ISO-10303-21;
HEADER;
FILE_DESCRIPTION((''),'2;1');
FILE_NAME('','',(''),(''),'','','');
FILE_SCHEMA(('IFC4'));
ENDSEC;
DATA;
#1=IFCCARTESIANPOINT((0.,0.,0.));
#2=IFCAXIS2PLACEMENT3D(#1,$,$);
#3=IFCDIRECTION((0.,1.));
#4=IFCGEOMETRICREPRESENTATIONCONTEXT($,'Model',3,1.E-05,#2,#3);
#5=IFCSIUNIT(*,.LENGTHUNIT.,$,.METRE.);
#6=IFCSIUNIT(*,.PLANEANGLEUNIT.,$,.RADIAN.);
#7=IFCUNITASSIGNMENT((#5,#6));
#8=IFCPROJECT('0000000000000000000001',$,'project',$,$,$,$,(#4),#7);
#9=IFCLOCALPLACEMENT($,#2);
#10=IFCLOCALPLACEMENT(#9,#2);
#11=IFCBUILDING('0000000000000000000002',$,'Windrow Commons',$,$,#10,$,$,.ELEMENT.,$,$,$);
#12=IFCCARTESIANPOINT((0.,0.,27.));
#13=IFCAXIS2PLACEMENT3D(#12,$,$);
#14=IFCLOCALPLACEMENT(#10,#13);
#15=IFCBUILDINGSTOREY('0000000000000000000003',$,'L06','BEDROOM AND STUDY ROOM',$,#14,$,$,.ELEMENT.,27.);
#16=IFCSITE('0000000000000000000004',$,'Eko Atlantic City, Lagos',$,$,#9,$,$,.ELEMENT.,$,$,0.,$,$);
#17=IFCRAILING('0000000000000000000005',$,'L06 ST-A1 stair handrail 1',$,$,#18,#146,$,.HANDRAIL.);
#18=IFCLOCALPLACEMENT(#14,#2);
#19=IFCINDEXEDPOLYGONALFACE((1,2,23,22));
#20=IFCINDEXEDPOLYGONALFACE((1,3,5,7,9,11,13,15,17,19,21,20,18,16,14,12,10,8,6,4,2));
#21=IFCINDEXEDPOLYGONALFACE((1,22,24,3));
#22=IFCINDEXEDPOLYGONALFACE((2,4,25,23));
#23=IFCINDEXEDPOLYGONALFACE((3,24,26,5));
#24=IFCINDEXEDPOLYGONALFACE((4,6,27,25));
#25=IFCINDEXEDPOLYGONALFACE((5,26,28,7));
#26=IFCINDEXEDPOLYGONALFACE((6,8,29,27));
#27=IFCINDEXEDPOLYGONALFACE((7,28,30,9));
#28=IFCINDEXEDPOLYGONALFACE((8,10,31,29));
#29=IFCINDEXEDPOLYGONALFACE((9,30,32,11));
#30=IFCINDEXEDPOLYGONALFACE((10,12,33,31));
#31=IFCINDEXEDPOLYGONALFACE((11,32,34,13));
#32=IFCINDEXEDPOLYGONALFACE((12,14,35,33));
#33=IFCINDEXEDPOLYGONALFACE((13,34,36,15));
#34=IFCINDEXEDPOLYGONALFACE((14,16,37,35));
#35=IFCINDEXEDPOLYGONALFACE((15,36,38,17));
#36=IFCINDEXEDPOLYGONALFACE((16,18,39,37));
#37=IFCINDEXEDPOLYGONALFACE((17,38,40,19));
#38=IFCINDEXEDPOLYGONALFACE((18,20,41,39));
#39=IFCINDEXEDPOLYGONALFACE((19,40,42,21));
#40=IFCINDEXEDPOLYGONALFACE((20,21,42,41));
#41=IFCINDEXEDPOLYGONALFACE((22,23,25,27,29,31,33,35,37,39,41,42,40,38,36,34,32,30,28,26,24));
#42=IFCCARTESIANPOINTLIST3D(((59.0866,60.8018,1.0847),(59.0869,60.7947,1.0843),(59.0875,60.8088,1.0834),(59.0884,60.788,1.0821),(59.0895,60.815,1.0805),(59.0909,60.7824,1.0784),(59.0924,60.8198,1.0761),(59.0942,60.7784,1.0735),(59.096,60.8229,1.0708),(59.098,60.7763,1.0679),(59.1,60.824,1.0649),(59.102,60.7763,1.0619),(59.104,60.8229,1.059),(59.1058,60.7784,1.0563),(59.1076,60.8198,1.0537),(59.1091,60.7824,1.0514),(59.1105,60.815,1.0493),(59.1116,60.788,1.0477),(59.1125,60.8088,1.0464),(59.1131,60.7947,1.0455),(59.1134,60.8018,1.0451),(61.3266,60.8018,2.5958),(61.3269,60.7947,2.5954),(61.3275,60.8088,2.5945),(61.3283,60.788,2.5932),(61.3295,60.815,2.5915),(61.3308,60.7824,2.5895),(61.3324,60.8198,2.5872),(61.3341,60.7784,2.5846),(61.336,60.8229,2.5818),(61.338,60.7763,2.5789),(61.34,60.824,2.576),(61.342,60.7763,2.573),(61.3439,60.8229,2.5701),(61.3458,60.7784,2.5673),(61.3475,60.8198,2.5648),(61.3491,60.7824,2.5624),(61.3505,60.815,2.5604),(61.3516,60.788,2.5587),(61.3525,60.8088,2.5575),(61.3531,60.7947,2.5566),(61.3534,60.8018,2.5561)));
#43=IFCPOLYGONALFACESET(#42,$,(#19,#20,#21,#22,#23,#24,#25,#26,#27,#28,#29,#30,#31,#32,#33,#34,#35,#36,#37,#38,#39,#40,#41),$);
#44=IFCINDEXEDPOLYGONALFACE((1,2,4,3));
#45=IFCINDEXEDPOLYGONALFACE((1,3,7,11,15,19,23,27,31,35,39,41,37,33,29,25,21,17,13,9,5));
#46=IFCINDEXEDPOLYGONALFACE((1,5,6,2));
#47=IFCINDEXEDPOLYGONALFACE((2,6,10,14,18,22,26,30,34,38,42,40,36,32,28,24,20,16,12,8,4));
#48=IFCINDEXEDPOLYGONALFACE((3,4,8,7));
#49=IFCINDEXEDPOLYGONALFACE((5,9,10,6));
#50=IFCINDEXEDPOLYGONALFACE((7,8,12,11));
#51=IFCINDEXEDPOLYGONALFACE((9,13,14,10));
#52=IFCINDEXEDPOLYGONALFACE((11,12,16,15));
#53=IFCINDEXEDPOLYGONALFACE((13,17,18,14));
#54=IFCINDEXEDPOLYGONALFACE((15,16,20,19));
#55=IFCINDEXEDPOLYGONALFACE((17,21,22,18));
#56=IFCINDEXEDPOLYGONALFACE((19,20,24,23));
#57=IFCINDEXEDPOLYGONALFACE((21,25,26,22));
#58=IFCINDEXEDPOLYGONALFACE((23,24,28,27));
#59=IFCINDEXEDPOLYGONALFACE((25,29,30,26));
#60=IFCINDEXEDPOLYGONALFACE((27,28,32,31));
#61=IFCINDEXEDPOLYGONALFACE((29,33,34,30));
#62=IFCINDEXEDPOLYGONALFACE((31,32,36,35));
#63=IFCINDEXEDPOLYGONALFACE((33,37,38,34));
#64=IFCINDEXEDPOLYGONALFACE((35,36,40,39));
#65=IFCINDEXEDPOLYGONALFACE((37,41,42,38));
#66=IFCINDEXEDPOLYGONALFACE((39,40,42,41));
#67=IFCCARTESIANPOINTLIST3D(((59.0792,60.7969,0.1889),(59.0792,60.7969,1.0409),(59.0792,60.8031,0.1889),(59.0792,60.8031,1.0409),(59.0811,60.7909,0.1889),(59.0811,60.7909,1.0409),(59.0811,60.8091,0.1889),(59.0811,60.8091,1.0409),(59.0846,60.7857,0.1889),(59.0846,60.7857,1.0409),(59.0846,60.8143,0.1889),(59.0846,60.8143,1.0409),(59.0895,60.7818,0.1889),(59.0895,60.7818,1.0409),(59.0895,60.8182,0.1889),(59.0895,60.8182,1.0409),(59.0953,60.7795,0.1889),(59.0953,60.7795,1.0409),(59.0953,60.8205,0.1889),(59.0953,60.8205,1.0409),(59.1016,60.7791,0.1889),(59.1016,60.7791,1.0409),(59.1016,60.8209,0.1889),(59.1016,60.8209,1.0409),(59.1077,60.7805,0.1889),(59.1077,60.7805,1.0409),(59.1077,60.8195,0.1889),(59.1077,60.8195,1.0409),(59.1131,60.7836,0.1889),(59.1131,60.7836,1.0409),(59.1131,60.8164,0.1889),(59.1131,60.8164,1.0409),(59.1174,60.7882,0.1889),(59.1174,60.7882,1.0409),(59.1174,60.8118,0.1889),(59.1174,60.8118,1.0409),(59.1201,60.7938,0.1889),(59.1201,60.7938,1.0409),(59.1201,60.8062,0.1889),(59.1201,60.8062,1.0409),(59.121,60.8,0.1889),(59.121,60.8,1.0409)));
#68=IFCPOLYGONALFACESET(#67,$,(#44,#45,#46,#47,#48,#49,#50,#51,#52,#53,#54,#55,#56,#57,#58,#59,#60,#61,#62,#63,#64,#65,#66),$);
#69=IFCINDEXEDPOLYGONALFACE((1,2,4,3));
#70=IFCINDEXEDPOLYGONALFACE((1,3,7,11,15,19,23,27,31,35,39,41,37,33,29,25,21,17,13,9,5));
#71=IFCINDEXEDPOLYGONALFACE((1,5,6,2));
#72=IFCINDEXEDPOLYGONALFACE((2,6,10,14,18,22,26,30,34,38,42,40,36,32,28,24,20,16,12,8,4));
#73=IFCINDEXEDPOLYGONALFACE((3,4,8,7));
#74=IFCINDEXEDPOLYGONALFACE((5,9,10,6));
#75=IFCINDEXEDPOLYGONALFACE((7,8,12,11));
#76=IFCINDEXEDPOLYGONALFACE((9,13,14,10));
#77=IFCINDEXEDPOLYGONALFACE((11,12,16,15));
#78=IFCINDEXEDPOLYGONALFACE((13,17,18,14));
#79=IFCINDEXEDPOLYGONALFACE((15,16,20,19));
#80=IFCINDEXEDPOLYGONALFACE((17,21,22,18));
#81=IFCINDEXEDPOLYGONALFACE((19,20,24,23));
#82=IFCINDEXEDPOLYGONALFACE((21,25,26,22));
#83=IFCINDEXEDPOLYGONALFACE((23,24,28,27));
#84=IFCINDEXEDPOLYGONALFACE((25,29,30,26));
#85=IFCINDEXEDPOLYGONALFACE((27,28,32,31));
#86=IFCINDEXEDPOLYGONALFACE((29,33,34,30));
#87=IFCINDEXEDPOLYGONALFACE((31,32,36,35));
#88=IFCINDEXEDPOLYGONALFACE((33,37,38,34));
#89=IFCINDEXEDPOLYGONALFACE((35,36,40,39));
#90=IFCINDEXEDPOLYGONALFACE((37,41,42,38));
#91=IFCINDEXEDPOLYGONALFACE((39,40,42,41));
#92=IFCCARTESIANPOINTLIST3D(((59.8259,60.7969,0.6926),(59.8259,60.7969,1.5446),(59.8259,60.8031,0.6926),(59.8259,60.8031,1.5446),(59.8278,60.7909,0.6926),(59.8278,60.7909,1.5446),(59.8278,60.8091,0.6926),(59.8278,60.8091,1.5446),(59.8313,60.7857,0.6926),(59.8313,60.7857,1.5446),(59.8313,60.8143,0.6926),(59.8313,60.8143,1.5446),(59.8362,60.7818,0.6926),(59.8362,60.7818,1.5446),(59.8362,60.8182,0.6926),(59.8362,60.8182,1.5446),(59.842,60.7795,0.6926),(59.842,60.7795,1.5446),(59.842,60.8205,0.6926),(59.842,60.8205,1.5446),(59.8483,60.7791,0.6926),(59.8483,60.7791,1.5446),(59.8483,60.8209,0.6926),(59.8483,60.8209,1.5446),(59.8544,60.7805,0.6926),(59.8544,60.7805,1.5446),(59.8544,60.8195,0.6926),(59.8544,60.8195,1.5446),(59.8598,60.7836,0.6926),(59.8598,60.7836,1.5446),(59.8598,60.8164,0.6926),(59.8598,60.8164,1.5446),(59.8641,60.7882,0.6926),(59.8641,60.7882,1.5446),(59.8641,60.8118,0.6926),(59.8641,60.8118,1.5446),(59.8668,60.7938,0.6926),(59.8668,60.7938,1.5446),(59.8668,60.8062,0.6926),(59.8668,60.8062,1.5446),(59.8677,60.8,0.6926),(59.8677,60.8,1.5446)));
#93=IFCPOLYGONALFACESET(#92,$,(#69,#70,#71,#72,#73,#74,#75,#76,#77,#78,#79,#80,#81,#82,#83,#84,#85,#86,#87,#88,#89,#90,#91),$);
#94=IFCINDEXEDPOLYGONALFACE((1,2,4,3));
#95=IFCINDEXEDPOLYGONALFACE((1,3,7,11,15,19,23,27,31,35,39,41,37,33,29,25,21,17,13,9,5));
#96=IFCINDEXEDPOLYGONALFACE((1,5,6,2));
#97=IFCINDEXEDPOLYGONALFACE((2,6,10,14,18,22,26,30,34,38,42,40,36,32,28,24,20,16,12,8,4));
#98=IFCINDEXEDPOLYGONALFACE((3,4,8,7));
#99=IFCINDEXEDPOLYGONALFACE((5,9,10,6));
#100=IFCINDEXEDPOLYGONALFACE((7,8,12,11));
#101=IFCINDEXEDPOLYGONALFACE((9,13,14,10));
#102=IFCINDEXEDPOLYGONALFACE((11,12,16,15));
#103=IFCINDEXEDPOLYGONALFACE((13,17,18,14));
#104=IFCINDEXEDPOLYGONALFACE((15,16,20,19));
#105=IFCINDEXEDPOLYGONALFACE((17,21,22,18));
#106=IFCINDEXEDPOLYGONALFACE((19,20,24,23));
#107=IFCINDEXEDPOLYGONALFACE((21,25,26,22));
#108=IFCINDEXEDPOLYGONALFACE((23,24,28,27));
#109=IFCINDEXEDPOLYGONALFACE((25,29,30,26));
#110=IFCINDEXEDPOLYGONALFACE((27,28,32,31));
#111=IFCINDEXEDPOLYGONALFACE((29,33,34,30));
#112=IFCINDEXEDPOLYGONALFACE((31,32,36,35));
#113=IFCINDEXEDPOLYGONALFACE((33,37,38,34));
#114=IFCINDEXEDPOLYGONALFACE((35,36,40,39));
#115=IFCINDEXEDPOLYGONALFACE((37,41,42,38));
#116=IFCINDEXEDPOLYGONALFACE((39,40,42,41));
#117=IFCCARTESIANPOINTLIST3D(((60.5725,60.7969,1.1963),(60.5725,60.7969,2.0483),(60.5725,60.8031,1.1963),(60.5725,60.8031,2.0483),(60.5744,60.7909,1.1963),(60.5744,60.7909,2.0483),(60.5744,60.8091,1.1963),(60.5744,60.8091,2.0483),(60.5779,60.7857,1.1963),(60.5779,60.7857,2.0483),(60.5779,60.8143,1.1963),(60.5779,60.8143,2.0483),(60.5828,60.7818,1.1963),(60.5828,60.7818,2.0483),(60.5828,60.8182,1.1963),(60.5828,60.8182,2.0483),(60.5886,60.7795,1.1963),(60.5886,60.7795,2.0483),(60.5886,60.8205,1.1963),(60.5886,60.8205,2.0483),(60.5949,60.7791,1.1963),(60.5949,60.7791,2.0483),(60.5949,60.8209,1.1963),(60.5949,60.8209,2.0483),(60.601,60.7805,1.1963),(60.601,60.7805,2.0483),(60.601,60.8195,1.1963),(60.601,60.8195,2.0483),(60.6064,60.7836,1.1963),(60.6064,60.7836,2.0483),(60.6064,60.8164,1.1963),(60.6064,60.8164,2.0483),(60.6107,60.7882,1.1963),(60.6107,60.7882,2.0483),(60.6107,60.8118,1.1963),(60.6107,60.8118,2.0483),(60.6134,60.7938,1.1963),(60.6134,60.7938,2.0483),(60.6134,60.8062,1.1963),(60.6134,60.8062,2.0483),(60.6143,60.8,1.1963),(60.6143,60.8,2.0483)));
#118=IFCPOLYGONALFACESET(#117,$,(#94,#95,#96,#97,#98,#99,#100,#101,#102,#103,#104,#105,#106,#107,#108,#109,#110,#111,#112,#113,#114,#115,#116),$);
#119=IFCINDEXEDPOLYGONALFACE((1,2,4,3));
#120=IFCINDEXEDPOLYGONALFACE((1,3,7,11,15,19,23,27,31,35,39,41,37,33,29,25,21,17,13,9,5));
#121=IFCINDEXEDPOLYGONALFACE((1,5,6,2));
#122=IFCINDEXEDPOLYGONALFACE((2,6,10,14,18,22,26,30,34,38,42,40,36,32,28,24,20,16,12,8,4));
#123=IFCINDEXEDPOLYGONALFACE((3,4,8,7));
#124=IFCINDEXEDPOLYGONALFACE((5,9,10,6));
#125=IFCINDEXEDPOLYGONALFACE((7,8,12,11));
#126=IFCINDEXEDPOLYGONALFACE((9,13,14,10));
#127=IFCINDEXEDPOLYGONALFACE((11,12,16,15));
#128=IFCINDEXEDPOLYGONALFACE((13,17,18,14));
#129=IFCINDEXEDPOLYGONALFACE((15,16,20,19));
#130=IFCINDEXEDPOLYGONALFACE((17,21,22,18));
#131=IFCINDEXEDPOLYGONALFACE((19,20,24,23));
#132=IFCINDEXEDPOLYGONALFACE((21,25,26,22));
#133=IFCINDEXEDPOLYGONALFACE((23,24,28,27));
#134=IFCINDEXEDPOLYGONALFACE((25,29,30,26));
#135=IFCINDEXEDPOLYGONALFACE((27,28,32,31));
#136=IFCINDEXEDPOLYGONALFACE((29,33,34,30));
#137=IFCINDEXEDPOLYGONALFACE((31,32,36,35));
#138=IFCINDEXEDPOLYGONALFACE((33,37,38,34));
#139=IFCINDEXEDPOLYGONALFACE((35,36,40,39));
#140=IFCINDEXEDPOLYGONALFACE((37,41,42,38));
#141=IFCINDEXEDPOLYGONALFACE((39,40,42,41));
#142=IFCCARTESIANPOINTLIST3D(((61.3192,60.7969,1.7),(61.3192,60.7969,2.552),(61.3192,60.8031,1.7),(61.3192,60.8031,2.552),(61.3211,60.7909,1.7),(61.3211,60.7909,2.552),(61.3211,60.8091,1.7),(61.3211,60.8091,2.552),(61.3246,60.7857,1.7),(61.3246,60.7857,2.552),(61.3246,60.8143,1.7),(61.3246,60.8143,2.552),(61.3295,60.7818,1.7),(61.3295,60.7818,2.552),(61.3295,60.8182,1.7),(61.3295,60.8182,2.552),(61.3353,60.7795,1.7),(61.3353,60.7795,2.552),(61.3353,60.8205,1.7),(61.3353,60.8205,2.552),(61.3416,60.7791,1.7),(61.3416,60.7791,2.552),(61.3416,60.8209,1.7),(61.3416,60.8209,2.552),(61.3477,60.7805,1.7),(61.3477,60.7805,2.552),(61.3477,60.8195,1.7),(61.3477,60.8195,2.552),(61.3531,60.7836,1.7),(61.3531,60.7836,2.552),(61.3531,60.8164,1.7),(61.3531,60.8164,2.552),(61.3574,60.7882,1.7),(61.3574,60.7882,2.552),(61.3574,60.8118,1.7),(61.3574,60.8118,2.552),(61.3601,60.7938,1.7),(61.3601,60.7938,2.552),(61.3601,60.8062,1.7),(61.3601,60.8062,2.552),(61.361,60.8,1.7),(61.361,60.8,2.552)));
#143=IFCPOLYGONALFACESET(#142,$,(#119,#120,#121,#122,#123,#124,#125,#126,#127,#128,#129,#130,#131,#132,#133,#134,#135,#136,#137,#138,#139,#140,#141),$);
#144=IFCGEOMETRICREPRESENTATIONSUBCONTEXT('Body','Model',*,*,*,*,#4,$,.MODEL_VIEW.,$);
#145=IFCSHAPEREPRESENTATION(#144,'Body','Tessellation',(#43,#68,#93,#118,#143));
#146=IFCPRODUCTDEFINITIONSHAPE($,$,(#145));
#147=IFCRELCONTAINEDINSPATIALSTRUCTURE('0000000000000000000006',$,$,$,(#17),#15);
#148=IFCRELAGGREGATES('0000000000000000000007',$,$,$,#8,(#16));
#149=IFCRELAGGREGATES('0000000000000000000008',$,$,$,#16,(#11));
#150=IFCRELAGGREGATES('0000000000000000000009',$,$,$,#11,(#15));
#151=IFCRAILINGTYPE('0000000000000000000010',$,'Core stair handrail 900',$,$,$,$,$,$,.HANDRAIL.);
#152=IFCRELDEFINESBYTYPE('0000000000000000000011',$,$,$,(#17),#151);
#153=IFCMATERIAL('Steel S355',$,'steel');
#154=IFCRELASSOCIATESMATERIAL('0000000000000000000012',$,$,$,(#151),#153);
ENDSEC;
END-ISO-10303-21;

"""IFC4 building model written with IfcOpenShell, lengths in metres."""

from ifc_helpers import new_model, si_unit, direction, frame, origin, origin_2d, place, context, subcontext, project, spatial, circle, extrude, material, type_object, element, save


model = new_model("IFC4")

# Units and contexts
model_context = context("Model", 3, precision=1e-05, world=origin(), true_north=direction((0.0, 1.0)))
body_context = subcontext(model_context, "Body", "Model", "MODEL_VIEW")
ifc_project = project(units=[si_unit("LENGTHUNIT", "METRE"), si_unit("PLANEANGLEUNIT", "RADIAN")], contexts=[model_context])

# Site, building, storey
site_placement = place(None, origin())
site = spatial("IfcSite", under=ifc_project, at=site_placement, Name="Eko Atlantic City, Lagos", CompositionType="ELEMENT", RefElevation=0.0)
building_placement = place(site_placement, origin())
building = spatial("IfcBuilding", under=site, at=building_placement, Name="Windrow Commons", CompositionType="ELEMENT")
storey_placement = place(building_placement, frame((0.0, 0.0, 27.0)))
storey = spatial("IfcBuildingStorey", under=building, at=storey_placement, Name="L06", Description="BEDROOM AND STUDY ROOM", CompositionType="ELEMENT", Elevation=27.0)

# Railing
ifc_material_1 = material(Name="Steel S355", Category="steel")
railing_type_1 = type_object("IfcRailingType", Name="Core stair handrail 900", PredefinedType="HANDRAIL", material=ifc_material_1)
railing_1_placement = place(storey_placement, frame((59.1, 60.8, 0.1889)))
element("IfcRailing", 1, at=railing_1_placement, inside=storey, type_object=railing_type_1, Name="L06 ST-A1 stair handrail 1", PredefinedType="HANDRAIL", context=body_context, shape_type="SweptSolid", body=[
    extrude(circle(Radius=0.024, at=origin_2d()), frame((0.0, 0.0, 0.876), z_axis=(0.829003, 0.0, 0.559244), x_axis=(0.0, 1.0, 0.0)), (0.0, 0.0, 1.0), 2.702),
    extrude(circle(Radius=0.021, at=origin_2d()), origin(), (0.0, 0.0, 1.0), 0.852),
    extrude(circle(Radius=0.021, at=origin_2d()), frame((0.7467, 0.0, 0.5037)), (0.0, 0.0, 1.0), 0.852),
    extrude(circle(Radius=0.021, at=origin_2d()), frame((1.4933, 0.0, 1.0074)), (0.0, 0.0, 1.0), 0.852),
    extrude(circle(Radius=0.021, at=origin_2d()), frame((2.24, 0.0, 1.5111)), (0.0, 0.0, 1.0), 0.852),
])

save(model, "model.ifc")
